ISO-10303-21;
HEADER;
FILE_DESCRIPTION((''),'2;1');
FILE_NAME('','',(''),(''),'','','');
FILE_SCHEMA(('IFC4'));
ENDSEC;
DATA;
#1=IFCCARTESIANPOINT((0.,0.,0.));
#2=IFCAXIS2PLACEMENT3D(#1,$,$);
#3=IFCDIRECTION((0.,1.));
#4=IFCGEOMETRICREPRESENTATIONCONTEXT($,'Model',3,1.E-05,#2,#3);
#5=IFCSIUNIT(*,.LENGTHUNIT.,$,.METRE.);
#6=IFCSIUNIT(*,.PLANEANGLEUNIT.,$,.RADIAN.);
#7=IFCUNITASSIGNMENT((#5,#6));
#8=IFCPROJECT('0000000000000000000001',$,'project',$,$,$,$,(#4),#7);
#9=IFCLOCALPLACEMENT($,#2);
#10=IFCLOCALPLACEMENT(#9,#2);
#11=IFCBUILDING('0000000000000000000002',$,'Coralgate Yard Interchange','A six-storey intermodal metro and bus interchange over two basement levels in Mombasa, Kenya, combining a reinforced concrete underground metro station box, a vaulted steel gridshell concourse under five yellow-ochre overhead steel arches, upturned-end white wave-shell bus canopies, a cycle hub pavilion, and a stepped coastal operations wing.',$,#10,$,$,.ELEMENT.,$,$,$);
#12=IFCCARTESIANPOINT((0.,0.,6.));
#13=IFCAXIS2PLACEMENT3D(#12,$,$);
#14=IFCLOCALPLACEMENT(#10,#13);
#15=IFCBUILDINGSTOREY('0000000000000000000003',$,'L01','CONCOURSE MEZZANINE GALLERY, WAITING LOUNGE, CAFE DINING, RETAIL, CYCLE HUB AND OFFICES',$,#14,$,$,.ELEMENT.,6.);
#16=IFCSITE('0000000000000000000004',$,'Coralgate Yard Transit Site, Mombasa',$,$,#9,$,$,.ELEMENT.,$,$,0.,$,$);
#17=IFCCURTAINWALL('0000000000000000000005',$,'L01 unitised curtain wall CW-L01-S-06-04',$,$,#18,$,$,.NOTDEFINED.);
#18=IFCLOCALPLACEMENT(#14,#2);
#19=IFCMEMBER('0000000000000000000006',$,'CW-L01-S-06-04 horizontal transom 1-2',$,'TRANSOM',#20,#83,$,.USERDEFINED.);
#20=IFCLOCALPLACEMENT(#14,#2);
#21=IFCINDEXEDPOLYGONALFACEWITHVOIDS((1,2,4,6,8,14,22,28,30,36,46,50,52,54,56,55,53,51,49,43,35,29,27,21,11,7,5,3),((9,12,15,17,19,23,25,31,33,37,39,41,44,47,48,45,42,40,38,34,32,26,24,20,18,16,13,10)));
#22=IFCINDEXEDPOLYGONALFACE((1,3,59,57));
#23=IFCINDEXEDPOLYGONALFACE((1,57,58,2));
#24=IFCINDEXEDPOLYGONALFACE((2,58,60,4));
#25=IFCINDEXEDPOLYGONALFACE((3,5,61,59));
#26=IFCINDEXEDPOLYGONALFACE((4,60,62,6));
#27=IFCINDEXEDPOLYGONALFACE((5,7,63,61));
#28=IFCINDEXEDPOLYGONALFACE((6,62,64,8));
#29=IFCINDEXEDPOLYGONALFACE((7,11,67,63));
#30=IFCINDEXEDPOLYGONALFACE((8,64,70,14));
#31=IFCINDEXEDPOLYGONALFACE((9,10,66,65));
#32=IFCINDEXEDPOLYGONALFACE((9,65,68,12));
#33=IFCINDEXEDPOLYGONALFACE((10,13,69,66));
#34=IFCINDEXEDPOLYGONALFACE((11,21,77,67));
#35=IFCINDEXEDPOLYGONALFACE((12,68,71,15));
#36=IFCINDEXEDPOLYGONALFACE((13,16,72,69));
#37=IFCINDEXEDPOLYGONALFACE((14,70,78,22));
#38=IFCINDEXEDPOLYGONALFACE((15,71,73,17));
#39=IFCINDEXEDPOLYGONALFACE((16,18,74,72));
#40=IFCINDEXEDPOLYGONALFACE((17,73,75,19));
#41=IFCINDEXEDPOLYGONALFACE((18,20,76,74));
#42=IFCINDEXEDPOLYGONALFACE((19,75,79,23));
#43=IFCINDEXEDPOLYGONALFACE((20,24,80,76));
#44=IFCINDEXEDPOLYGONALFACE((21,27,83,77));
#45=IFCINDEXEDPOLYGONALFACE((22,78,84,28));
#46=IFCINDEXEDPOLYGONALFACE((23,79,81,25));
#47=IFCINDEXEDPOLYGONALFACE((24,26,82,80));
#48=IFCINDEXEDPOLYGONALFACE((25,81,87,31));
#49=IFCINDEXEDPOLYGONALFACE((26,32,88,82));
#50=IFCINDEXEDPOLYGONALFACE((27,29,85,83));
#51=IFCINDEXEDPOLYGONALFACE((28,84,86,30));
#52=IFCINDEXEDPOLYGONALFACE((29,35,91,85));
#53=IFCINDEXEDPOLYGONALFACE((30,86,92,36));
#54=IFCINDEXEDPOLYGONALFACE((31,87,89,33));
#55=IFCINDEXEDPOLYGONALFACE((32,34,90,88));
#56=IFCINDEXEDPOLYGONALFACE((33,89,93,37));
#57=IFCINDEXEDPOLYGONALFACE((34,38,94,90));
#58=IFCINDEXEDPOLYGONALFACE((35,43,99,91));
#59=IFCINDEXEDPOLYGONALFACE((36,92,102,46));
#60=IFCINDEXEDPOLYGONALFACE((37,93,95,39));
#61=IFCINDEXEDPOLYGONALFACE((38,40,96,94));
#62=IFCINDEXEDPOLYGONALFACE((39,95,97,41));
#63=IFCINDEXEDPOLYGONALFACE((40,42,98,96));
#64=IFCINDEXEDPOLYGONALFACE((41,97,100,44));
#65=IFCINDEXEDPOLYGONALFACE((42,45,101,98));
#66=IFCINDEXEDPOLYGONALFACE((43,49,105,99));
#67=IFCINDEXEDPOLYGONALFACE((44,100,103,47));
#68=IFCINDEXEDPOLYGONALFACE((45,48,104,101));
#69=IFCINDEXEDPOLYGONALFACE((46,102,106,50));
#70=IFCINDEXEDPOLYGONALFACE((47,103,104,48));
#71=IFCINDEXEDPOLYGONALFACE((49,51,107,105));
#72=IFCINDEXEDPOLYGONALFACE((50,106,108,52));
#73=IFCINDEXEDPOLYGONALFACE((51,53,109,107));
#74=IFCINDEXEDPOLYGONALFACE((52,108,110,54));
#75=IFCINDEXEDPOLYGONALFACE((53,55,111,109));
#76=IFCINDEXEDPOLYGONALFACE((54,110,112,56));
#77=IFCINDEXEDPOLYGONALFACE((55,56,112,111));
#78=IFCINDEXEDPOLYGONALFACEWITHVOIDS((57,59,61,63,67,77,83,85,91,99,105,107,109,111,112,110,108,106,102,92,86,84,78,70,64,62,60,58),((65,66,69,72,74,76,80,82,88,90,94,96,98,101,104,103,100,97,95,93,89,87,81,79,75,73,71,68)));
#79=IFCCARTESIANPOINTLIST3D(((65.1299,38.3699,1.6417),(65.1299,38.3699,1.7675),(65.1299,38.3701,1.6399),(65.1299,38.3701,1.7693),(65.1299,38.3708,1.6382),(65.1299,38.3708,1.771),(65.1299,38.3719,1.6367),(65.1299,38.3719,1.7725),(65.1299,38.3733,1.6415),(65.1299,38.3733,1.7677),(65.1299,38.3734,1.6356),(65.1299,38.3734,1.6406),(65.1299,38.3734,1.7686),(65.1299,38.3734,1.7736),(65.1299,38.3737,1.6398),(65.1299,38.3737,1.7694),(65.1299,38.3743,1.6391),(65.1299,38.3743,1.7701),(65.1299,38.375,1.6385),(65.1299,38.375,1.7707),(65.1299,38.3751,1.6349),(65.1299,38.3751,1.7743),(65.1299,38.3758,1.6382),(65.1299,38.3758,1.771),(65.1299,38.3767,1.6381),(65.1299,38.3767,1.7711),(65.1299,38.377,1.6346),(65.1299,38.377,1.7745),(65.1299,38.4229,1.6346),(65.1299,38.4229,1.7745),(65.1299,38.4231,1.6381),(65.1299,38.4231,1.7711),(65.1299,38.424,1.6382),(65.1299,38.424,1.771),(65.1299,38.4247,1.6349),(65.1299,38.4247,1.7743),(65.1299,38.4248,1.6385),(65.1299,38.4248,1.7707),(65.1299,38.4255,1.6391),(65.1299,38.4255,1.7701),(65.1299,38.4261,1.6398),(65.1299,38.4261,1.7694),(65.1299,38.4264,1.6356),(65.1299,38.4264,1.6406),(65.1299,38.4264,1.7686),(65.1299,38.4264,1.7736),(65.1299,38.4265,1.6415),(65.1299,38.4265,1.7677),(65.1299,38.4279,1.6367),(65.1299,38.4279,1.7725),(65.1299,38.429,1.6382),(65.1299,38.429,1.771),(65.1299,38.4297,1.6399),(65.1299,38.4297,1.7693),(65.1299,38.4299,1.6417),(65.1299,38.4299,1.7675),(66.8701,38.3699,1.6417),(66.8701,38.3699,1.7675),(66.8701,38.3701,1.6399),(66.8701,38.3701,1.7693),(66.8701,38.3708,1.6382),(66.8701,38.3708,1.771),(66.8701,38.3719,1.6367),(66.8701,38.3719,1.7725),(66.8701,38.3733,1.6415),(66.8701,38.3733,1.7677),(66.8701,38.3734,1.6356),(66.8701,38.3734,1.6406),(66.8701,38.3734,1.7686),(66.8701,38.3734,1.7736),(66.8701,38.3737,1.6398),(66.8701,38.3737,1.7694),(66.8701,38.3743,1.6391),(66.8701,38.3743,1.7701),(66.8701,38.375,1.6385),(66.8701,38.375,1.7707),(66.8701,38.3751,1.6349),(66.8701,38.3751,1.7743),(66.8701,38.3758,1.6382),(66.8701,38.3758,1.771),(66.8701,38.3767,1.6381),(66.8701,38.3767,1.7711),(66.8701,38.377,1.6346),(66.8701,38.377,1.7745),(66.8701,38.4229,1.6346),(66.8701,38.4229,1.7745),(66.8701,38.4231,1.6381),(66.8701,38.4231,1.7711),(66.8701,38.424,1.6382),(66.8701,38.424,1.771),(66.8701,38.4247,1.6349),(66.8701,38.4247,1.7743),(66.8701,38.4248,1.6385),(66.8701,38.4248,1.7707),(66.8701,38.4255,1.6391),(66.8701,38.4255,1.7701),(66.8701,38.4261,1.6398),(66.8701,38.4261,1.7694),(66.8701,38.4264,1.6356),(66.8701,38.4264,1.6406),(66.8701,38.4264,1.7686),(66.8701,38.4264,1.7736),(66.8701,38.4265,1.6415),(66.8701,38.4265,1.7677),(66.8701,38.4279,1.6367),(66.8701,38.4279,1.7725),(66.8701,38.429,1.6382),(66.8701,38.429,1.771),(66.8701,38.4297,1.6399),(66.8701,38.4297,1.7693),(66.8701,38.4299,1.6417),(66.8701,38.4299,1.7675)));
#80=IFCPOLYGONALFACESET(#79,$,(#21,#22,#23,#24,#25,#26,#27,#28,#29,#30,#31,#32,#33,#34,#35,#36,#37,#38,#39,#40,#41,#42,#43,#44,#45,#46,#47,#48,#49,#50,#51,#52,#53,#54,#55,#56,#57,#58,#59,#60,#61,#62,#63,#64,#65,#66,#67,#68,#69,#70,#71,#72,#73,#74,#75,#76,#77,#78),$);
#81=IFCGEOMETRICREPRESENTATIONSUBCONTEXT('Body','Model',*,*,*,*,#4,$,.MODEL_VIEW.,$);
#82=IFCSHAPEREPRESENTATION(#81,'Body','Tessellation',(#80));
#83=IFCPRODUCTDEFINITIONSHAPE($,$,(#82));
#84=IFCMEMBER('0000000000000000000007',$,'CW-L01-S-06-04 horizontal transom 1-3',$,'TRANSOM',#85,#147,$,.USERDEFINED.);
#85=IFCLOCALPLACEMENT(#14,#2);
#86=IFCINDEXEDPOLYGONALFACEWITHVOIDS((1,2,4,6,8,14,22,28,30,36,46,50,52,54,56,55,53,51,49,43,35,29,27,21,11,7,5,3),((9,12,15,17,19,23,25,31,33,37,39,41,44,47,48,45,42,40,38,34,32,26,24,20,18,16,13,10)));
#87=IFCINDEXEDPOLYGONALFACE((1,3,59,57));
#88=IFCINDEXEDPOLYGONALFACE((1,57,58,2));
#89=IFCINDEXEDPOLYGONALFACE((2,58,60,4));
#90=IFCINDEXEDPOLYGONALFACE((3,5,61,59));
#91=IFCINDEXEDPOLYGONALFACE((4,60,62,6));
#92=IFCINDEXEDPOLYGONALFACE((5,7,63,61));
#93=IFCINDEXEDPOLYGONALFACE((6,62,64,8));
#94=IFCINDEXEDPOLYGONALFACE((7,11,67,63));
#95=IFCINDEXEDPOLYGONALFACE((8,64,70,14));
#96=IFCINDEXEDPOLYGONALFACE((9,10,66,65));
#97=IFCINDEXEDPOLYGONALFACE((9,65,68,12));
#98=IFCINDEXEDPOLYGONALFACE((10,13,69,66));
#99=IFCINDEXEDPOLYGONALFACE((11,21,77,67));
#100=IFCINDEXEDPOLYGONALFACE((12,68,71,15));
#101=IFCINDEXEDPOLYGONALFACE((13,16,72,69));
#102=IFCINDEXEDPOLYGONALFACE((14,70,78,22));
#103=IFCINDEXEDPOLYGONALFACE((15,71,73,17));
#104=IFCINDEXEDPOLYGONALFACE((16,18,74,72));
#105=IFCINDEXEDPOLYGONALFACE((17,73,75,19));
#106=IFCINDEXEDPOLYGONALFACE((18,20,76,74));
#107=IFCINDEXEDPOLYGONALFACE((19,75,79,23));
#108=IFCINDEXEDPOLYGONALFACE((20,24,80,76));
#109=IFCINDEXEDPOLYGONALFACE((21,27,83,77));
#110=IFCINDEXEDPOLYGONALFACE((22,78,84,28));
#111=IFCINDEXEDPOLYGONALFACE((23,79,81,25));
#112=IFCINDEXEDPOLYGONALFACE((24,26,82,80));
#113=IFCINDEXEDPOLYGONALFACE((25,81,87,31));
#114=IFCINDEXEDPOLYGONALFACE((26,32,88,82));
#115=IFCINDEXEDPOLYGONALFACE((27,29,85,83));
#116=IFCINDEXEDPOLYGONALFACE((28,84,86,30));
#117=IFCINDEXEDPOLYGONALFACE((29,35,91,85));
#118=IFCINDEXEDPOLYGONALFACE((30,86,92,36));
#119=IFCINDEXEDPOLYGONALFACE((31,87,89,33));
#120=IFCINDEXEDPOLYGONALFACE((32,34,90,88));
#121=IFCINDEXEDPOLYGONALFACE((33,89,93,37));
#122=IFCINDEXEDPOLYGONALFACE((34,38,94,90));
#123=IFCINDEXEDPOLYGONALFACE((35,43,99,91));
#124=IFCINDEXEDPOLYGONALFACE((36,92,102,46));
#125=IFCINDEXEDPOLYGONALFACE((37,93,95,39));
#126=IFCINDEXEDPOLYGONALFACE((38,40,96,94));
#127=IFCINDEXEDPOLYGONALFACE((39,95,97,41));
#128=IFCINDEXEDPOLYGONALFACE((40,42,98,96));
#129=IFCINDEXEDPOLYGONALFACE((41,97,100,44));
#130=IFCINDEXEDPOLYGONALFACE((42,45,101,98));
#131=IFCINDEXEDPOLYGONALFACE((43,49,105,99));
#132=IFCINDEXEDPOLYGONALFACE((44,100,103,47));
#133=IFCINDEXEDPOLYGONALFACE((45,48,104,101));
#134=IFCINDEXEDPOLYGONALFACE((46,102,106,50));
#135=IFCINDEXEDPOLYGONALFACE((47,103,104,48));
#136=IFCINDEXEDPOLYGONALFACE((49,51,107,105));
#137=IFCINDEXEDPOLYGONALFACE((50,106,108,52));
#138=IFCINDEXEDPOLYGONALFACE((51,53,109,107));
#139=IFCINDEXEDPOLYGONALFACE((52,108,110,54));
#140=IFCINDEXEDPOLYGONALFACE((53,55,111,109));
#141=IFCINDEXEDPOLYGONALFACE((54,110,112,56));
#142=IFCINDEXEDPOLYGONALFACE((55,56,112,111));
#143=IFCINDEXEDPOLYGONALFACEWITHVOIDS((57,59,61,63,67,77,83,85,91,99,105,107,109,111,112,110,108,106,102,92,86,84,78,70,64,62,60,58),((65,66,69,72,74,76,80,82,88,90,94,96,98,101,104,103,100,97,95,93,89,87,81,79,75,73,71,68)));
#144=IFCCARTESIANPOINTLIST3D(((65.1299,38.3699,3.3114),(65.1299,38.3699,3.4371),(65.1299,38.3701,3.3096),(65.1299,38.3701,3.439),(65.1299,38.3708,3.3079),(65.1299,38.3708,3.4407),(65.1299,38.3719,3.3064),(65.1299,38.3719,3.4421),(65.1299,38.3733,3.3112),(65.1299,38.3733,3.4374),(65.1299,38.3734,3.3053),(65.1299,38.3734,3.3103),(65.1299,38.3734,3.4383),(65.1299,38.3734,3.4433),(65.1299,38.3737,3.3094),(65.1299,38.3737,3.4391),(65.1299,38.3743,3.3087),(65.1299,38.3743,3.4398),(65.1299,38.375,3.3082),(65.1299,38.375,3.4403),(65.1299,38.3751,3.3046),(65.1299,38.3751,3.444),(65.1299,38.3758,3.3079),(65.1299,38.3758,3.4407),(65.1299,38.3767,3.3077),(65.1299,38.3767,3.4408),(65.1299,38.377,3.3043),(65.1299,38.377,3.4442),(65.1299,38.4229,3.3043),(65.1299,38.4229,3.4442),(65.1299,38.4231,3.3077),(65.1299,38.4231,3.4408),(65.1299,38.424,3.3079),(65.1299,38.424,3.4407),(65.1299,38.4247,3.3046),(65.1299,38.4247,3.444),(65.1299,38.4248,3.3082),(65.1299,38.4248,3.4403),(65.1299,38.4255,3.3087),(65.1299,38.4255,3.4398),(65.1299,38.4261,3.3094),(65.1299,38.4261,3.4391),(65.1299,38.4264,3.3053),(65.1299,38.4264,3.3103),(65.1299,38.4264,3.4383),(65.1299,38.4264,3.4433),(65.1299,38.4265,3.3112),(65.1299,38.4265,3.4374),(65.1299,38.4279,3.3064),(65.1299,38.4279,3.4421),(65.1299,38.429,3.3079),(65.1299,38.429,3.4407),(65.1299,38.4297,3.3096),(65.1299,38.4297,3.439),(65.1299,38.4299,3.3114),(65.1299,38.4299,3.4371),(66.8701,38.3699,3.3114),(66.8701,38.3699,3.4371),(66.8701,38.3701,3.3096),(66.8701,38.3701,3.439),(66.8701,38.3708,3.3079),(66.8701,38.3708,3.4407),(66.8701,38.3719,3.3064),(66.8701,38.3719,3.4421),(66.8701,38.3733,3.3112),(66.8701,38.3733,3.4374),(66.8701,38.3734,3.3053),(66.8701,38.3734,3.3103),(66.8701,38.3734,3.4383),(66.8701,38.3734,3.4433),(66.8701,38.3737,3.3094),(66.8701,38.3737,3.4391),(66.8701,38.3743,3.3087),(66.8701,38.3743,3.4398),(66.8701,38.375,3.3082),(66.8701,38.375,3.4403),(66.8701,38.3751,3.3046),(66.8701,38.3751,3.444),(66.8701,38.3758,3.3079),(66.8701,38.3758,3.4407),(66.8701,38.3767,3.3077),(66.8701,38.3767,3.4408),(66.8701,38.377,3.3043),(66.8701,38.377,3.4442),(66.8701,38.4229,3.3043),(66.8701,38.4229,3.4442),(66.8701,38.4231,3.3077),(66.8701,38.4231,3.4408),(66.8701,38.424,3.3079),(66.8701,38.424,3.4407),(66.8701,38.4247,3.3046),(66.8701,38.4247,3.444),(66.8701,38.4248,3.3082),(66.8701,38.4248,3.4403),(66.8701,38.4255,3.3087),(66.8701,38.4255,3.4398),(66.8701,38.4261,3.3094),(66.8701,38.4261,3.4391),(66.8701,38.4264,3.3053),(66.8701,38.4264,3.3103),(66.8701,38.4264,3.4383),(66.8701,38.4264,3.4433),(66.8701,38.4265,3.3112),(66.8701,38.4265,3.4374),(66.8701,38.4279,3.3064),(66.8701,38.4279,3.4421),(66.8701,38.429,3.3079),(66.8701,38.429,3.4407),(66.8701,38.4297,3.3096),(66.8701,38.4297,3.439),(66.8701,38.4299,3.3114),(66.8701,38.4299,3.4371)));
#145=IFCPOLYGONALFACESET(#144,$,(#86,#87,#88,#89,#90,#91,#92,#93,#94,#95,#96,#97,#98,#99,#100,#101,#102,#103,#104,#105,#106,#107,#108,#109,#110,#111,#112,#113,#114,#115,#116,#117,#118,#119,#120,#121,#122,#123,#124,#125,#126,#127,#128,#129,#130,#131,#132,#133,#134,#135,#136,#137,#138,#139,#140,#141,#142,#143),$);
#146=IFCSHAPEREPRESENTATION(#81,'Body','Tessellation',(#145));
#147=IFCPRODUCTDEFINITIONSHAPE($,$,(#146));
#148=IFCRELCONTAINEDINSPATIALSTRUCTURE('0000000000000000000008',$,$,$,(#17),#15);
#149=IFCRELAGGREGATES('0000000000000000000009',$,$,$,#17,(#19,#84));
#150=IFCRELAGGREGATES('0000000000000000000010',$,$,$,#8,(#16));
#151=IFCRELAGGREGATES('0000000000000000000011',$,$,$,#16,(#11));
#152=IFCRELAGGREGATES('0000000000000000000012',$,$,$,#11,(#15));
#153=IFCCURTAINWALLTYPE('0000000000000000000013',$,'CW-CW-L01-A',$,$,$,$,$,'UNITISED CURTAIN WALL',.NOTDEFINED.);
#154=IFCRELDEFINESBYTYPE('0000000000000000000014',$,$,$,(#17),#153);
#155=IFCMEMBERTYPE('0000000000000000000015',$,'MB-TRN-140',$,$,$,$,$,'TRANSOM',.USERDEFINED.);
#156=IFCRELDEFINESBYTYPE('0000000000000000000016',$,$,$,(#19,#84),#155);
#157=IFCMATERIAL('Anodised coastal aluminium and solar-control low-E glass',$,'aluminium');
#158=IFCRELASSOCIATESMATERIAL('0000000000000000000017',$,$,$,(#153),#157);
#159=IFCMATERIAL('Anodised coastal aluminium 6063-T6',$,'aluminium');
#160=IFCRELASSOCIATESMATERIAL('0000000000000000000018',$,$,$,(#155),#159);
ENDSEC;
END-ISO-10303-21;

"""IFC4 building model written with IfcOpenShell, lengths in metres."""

from ifc_helpers import new_model, si_unit, direction, frame, origin, origin_2d, place, context, subcontext, project, spatial, hollow_rectangle, extrude, material, material_profile, profile_set, type_object, element, aggregate, save


model = new_model("IFC4")

# Units and contexts
model_context = context("Model", 3, precision=1e-05, world=origin(), true_north=direction((0.0, 1.0)))
body_context = subcontext(model_context, "Body", "Model", "MODEL_VIEW")
ifc_project = project(units=[si_unit("LENGTHUNIT", "METRE"), si_unit("PLANEANGLEUNIT", "RADIAN")], contexts=[model_context])

# Site, building, storey
site_placement = place(None, origin())
site = spatial("IfcSite", under=ifc_project, at=site_placement, Name="Coralgate Yard Transit Site, Mombasa", CompositionType="ELEMENT", RefElevation=0.0)
building_placement = place(site_placement, origin())
building = spatial("IfcBuilding", under=site, at=building_placement, Name="Coralgate Yard Interchange", Description="A six-storey intermodal metro and bus interchange over two basement levels in Mombasa, Kenya, combining a reinforced concrete underground metro station box, a vaulted steel gridshell concourse under five yellow-ochre overhead steel arches, upturned-end white wave-shell bus canopies, a cycle hub pavilion, and a stepped coastal operations wing.", CompositionType="ELEMENT")
storey_placement = place(building_placement, frame((0.0, 0.0, 6.0)))
storey = spatial("IfcBuildingStorey", under=building, at=storey_placement, Name="L01", Description="CONCOURSE MEZZANINE GALLERY, WAITING LOUNGE, CAFE DINING, RETAIL, CYCLE HUB AND OFFICES", CompositionType="ELEMENT", Elevation=6.0)

# Curtain wall
ifc_material_1 = material(Name="Anodised coastal aluminium and solar-control low-E glass", Category="aluminium")
curtain_wall_type = type_object("IfcCurtainWallType", Name="CW-CW-L01-A", ElementType="UNITISED CURTAIN WALL", PredefinedType="NOTDEFINED", material=ifc_material_1)
curtain_wall_1_placement = place(storey_placement, origin())
curtain_wall_1 = element("IfcCurtainWall", 1, at=curtain_wall_1_placement, inside=storey, type_object=curtain_wall_type, Name="L01 unitised curtain wall CW-L01-S-06-04", PredefinedType="NOTDEFINED")
ifc_material_2 = material(Name="Anodised coastal aluminium 6063-T6", Category="aluminium")

# Members
ifc_material_profile_1 = material_profile(ifc_material_2, hollow_rectangle(XDim=0.0601, YDim=0.1399, WallThickness=0.0034, InnerFilletRadius=0.0034, OuterFilletRadius=0.0071, at=origin_2d()), Name="ALU 60x140x3.5")
ifc_profile_set_1 = profile_set([ifc_material_profile_1], Name="Anodised coastal aluminium 6063-T6")
member_type_1 = type_object("IfcMemberType", Name="MB-TRN-140", ElementType="TRANSOM", PredefinedType="USERDEFINED", material=ifc_profile_set_1)
member_1_placement = place(storey_placement, frame((66.8701, 38.3999, 1.7046), z_axis=(-1.0, 0.0, 0.0), x_axis=(0.0, -1.0, 0.0)))
member_1 = element("IfcMember", 2, at=member_1_placement, type_object=member_type_1, Name="CW-L01-S-06-04 horizontal transom 1-2", ObjectType="TRANSOM", PredefinedType="USERDEFINED", context=body_context, shape_type="SweptSolid", body=[
    extrude(hollow_rectangle(XDim=0.0601, YDim=0.1399, WallThickness=0.0034, InnerFilletRadius=0.0034, OuterFilletRadius=0.0071, at=origin_2d()), origin(), (0.0, 0.0, 1.0), 1.7402),
])
member_2_placement = place(storey_placement, frame((66.8701, 38.3999, 3.3743), z_axis=(-1.0, 0.0, 0.0), x_axis=(0.0, -1.0, 0.0)))
member_2 = element("IfcMember", 3, at=member_2_placement, type_object=member_type_1, Name="CW-L01-S-06-04 horizontal transom 1-3", ObjectType="TRANSOM", PredefinedType="USERDEFINED", context=body_context, shape_type="SweptSolid", body=[
    extrude(hollow_rectangle(XDim=0.0601, YDim=0.1399, WallThickness=0.0034, InnerFilletRadius=0.0034, OuterFilletRadius=0.0071, at=origin_2d()), origin(), (0.0, 0.0, 1.0), 1.7402),
])

aggregate(curtain_wall_1, [member_1, member_2])

save(model, "model.ifc")
